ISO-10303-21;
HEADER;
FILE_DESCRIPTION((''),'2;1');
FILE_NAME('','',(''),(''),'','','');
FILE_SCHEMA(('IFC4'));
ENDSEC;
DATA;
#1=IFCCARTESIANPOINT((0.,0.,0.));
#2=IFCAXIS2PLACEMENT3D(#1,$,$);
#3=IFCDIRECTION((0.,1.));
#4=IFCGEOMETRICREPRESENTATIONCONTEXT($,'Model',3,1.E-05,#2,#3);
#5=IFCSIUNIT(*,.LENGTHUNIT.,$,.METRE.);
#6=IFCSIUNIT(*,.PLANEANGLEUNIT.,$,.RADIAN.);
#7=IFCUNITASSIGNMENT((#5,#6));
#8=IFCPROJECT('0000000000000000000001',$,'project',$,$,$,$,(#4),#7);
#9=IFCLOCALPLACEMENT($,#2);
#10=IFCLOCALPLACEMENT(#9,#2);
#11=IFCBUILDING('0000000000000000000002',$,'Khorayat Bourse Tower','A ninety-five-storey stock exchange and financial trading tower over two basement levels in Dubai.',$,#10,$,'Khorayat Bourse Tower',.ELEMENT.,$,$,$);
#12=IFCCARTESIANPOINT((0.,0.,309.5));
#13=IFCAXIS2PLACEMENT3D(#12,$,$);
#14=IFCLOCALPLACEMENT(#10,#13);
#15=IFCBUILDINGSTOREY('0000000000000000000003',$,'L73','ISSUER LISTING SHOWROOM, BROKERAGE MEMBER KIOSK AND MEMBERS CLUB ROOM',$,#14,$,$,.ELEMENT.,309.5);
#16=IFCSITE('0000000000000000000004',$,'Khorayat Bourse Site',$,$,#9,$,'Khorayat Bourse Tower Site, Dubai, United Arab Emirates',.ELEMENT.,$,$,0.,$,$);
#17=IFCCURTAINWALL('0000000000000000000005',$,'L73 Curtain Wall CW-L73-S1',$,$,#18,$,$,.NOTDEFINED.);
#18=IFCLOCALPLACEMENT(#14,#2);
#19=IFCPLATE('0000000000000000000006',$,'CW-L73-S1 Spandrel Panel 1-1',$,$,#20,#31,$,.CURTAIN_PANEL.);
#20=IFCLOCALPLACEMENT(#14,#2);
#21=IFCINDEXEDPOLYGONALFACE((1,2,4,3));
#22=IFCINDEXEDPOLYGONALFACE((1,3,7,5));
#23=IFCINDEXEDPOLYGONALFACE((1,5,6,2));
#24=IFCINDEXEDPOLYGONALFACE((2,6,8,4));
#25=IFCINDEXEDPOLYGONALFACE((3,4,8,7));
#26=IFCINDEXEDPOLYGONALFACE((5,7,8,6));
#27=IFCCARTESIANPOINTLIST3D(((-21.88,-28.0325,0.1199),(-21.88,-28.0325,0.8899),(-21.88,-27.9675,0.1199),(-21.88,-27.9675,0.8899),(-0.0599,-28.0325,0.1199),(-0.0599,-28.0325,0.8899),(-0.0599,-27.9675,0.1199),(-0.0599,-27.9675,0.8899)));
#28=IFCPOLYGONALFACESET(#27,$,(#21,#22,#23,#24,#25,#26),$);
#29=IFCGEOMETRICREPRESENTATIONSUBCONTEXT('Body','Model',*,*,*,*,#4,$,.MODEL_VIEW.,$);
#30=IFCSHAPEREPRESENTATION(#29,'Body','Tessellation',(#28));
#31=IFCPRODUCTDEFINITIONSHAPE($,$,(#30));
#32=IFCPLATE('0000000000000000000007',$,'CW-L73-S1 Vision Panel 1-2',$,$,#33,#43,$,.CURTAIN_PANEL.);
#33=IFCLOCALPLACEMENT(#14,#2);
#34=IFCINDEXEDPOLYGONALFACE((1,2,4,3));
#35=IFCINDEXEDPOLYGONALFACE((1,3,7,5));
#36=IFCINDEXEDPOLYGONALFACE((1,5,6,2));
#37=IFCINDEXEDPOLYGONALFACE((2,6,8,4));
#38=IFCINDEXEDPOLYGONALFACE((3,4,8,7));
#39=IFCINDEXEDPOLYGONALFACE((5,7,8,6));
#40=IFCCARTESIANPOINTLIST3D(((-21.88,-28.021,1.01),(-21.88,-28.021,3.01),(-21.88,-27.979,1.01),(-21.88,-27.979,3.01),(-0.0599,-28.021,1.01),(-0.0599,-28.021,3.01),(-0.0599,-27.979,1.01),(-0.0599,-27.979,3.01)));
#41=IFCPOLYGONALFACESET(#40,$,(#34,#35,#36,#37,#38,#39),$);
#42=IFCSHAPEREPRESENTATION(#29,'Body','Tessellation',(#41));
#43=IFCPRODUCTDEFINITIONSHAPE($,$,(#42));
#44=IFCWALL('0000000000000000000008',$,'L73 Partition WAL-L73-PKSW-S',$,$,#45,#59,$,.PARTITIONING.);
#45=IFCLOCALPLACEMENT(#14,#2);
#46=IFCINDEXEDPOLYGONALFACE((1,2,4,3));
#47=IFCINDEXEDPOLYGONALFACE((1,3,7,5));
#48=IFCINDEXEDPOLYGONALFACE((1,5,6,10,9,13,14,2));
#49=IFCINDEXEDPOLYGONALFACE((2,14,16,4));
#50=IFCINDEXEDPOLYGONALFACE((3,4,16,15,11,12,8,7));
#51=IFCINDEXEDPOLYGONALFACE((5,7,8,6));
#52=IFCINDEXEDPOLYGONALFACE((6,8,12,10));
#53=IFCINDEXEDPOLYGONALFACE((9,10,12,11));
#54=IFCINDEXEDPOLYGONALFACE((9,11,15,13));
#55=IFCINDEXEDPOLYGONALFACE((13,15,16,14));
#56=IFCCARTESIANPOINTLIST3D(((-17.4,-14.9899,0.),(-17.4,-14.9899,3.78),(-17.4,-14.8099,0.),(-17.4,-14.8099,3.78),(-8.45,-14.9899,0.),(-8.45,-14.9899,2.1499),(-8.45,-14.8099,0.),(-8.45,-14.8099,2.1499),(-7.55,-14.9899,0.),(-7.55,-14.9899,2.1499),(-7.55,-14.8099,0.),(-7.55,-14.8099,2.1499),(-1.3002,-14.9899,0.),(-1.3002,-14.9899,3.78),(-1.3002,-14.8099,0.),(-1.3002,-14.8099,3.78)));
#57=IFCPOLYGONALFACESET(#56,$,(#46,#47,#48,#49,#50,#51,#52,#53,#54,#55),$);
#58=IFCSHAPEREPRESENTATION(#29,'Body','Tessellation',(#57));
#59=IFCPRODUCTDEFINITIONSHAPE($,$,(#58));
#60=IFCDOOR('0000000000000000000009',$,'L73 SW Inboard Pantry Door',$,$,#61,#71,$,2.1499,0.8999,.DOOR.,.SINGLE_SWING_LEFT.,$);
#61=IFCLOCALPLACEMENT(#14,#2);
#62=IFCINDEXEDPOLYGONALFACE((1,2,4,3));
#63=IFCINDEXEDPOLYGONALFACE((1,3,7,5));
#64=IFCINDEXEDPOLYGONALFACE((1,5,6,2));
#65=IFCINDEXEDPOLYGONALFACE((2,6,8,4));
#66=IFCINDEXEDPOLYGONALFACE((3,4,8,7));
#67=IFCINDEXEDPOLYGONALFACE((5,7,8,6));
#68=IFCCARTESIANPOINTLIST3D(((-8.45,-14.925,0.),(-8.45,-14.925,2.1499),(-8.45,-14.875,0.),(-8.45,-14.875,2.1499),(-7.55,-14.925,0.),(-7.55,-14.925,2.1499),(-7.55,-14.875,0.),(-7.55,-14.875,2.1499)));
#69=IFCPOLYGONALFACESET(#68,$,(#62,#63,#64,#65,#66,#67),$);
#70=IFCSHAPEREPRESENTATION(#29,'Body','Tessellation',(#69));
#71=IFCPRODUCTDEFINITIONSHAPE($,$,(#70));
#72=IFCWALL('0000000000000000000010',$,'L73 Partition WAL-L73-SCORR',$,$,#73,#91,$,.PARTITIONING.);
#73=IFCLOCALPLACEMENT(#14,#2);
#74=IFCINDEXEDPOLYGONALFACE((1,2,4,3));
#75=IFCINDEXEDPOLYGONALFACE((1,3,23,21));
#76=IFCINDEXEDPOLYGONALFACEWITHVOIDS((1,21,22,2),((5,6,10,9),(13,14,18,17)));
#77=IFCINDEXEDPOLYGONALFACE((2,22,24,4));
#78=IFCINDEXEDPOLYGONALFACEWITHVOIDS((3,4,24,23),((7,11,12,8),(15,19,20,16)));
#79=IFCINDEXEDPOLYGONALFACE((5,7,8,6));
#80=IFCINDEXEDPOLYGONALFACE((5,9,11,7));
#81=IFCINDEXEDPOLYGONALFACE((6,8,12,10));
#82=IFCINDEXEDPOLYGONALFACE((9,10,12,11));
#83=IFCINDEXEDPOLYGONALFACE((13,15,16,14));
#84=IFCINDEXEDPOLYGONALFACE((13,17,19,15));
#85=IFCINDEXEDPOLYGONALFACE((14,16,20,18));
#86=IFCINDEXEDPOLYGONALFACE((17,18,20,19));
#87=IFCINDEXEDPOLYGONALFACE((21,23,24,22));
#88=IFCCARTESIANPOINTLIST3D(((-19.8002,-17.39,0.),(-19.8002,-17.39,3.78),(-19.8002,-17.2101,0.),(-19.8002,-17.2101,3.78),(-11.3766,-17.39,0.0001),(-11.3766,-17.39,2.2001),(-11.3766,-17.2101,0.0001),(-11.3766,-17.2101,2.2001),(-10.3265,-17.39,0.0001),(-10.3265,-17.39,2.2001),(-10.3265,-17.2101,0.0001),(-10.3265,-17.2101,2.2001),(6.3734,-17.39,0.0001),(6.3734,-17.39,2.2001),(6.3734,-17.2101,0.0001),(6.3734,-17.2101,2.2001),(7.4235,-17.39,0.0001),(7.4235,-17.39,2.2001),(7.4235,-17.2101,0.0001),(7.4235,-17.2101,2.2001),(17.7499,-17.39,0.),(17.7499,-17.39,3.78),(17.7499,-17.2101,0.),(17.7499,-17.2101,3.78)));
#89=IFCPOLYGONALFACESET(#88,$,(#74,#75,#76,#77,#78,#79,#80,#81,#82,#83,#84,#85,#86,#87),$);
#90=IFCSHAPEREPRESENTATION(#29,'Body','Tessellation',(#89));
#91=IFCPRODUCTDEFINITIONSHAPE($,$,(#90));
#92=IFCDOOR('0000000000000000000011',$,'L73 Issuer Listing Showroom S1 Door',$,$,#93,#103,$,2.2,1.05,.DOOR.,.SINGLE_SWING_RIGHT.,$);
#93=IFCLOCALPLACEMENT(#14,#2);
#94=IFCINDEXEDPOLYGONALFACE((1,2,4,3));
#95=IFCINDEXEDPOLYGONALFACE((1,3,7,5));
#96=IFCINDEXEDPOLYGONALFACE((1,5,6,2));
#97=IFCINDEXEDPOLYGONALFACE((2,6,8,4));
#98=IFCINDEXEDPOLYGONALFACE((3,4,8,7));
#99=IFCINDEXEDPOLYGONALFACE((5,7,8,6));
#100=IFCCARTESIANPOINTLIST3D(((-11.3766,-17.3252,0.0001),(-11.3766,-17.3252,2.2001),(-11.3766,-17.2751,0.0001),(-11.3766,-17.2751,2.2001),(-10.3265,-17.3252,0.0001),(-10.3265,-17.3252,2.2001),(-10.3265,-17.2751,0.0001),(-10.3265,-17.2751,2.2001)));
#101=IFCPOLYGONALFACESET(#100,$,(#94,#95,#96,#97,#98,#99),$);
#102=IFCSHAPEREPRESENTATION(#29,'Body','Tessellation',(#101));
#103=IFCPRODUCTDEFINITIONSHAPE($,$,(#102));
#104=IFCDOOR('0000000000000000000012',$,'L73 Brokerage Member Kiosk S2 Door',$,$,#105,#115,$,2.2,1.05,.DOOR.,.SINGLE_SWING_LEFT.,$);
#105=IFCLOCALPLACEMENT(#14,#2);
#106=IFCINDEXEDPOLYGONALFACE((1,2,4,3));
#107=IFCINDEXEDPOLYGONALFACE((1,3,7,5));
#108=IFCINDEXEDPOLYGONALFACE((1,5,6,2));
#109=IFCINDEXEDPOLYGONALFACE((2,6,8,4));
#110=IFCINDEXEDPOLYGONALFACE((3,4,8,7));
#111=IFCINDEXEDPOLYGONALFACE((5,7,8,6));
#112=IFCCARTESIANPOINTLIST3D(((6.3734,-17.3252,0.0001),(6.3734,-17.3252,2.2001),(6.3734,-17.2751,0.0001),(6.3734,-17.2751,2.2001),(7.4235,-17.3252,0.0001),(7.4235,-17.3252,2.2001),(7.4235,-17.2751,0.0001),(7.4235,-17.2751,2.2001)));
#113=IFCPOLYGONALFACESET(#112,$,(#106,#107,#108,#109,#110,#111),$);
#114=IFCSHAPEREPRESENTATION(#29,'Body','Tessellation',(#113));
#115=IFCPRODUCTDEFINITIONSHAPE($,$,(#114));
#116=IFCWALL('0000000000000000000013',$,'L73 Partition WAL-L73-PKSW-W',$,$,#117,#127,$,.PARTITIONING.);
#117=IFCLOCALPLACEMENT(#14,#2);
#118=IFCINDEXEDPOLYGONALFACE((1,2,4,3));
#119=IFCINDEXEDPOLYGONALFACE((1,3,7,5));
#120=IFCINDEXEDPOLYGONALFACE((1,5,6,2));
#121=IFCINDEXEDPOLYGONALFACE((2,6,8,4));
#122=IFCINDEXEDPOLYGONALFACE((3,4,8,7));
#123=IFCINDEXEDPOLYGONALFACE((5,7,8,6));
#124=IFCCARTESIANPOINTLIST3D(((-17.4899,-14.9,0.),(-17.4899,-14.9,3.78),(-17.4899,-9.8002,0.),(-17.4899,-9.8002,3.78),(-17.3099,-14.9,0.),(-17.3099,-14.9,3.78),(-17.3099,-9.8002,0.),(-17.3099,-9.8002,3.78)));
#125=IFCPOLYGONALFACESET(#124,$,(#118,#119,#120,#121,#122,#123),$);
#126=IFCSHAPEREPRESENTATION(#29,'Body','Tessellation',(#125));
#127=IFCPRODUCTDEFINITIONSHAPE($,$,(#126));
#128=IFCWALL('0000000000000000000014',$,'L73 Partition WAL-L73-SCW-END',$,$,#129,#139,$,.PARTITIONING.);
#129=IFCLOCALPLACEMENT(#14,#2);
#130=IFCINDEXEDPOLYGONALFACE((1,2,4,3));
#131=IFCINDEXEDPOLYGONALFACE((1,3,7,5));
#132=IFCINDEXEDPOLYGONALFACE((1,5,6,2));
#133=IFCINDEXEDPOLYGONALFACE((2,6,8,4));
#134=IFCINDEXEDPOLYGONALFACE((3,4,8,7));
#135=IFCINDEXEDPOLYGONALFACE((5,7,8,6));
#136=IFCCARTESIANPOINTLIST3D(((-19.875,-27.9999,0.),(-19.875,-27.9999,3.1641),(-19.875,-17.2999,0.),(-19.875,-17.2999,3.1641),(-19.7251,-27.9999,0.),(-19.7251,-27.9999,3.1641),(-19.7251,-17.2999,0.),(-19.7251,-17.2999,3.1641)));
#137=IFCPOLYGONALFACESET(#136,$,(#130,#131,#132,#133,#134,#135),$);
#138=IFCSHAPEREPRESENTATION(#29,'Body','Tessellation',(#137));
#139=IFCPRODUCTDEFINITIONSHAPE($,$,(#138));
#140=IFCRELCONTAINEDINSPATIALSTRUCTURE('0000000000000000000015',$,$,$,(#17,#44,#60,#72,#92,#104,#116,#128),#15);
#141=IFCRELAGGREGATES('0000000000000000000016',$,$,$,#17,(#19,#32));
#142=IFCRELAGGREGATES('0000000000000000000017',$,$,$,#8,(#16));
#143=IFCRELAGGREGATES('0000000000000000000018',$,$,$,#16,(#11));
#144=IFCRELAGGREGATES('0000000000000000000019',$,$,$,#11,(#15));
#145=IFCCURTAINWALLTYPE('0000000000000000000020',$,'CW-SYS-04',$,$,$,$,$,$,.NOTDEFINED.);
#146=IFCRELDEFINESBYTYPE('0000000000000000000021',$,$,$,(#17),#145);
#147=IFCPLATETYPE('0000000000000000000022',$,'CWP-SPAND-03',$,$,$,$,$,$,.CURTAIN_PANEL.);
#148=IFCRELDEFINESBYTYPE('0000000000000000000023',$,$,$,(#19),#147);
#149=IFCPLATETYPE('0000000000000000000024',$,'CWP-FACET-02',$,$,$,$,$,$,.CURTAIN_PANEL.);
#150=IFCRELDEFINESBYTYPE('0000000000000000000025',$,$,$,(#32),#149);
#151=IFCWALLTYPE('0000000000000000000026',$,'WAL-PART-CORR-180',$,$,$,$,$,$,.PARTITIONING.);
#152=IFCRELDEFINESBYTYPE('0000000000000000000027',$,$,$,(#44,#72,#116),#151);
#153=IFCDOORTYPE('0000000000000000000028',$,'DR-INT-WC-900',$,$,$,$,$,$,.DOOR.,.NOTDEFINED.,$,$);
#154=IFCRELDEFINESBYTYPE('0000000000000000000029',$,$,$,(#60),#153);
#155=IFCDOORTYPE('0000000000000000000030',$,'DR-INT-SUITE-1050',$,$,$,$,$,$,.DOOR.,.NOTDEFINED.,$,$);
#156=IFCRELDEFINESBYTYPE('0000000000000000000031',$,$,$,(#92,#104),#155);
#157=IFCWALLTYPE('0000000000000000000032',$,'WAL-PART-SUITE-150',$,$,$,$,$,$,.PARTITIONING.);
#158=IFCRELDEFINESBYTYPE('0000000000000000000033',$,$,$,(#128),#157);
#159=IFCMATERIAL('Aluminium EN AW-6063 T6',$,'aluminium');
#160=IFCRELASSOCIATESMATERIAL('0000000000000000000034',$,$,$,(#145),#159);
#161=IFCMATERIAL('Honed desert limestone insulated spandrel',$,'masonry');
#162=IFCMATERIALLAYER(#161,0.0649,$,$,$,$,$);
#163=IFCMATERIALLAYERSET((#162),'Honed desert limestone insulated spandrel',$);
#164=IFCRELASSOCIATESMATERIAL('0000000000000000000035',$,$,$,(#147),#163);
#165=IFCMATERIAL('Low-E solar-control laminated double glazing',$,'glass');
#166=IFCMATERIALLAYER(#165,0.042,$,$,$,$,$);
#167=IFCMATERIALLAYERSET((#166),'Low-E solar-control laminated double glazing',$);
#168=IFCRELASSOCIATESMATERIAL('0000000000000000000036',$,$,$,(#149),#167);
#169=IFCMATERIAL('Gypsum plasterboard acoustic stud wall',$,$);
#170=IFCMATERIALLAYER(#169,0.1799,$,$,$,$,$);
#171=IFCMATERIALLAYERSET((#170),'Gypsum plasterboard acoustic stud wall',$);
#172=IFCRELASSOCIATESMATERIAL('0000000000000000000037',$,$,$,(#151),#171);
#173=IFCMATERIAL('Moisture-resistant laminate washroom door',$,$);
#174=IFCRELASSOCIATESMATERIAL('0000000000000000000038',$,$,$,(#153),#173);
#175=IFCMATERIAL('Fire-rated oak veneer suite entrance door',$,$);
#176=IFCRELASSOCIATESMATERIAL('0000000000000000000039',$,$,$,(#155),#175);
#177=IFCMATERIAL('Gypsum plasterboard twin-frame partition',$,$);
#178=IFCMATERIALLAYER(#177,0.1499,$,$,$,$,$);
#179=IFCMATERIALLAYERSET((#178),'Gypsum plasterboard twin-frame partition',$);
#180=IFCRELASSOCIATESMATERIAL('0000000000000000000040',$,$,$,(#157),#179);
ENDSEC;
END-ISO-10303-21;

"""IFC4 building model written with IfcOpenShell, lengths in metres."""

from ifc_helpers import new_model, si_unit, direction, frame, frame_2d, origin, origin_2d, place, context, subcontext, project, spatial, rectangle, extrude, source, transform, mapped, material, layer, layer_set, type_object, element, fill, aggregate, save


model = new_model("IFC4")

# Units and contexts
model_context = context("Model", 3, precision=1e-05, world=origin(), true_north=direction((0.0, 1.0)))
body_context = subcontext(model_context, "Body", "Model", "MODEL_VIEW")
ifc_project = project(units=[si_unit("LENGTHUNIT", "METRE"), si_unit("PLANEANGLEUNIT", "RADIAN")], contexts=[model_context])

# Site, building, storey
site_placement = place(None, origin())
site = spatial("IfcSite", under=ifc_project, at=site_placement, Name="Khorayat Bourse Site", LongName="Khorayat Bourse Tower Site, Dubai, United Arab Emirates", CompositionType="ELEMENT", RefElevation=0.0)
building_placement = place(site_placement, origin())
building = spatial("IfcBuilding", under=site, at=building_placement, Name="Khorayat Bourse Tower", Description="A ninety-five-storey stock exchange and financial trading tower over two basement levels in Dubai.", LongName="Khorayat Bourse Tower", CompositionType="ELEMENT")
storey_placement = place(building_placement, frame((0.0, 0.0, 309.5)))
storey = spatial("IfcBuildingStorey", under=building, at=storey_placement, Name="L73", Description="ISSUER LISTING SHOWROOM, BROKERAGE MEMBER KIOSK AND MEMBERS CLUB ROOM", CompositionType="ELEMENT", Elevation=309.5)

# Curtain wall
ifc_material_1 = material(Name="Aluminium EN AW-6063 T6", Category="aluminium")
curtain_wall_type = type_object("IfcCurtainWallType", Name="CW-SYS-04", PredefinedType="NOTDEFINED", material=ifc_material_1)
curtain_wall_placement = place(storey_placement, origin())
curtain_wall = element("IfcCurtainWall", 1, at=curtain_wall_placement, inside=storey, type_object=curtain_wall_type, Name="L73 Curtain Wall CW-L73-S1", PredefinedType="NOTDEFINED")

# Plates
ifc_material_2 = material(Name="Honed desert limestone insulated spandrel", Category="masonry")
ifc_layer_1 = layer(ifc_material_2, 0.0649)
ifc_layer_set_1 = layer_set([ifc_layer_1], Name="Honed desert limestone insulated spandrel")
plate_type_1 = type_object("IfcPlateType", Name="CWP-SPAND-03", PredefinedType="CURTAIN_PANEL", material=ifc_layer_set_1)
shared_shape_1 = source(origin(), body_context, "Body", "SweptSolid", [
    extrude(rectangle(XDim=21.8201, YDim=0.0649, at=origin_2d()), origin(), (0.0, 0.0, 1.0), 0.77),
])
plate_1_placement = place(storey_placement, frame((-10.97, -28.0, 0.1199), z_axis=(0.0, 0.0, 1.0), x_axis=(1.0, 0.0, 0.0)))
plate_1 = element("IfcPlate", 2, at=plate_1_placement, type_object=plate_type_1, Name="CW-L73-S1 Spandrel Panel 1-1", PredefinedType="CURTAIN_PANEL", context=body_context, shape_type="MappedRepresentation", body=[
    mapped(shared_shape_1, transform((0.0, 0.0, 0.0), scale=1.0)),
])
ifc_material_3 = material(Name="Low-E solar-control laminated double glazing", Category="glass")
ifc_layer_2 = layer(ifc_material_3, 0.042)
ifc_layer_set_2 = layer_set([ifc_layer_2], Name="Low-E solar-control laminated double glazing")
plate_type_2 = type_object("IfcPlateType", Name="CWP-FACET-02", PredefinedType="CURTAIN_PANEL", material=ifc_layer_set_2)
shared_shape_2 = source(origin(), body_context, "Body", "SweptSolid", [
    extrude(rectangle(XDim=21.8201, YDim=0.042, at=origin_2d()), origin(), (0.0, 0.0, 1.0), 2.0),
])
plate_2_placement = place(storey_placement, frame((-10.97, -28.0, 1.01), z_axis=(0.0, 0.0, 1.0), x_axis=(1.0, 0.0, 0.0)))
plate_2 = element("IfcPlate", 3, at=plate_2_placement, type_object=plate_type_2, Name="CW-L73-S1 Vision Panel 1-2", PredefinedType="CURTAIN_PANEL", context=body_context, shape_type="MappedRepresentation", body=[
    mapped(shared_shape_2, transform((0.0, 0.0, 0.0), scale=1.0)),
])
aggregate(curtain_wall, [plate_1, plate_2])

# Wall, opening, door
ifc_material_4 = material(Name="Gypsum plasterboard acoustic stud wall")
ifc_layer_3 = layer(ifc_material_4, 0.1799)
ifc_layer_set_3 = layer_set([ifc_layer_3], Name="Gypsum plasterboard acoustic stud wall")
wall_type_1 = type_object("IfcWallType", Name="WAL-PART-CORR-180", PredefinedType="PARTITIONING", material=ifc_layer_set_3)
shared_shape_3 = source(origin(), body_context, "Body", "SweptSolid", [
    extrude(rectangle(XDim=16.0999, YDim=0.1799, at=frame_2d((8.0498, 0.0))), origin(), (0.0, 0.0, 1.0), 3.78),
])
wall_1_placement = place(storey_placement, frame((-17.3999, -14.8999, 0.0), z_axis=(0.0, 0.0, 1.0), x_axis=(1.0, 0.0, 0.0)))
wall_1 = element("IfcWall", 4, at=wall_1_placement, inside=storey, type_object=wall_type_1, Name="L73 Partition WAL-L73-PKSW-S", PredefinedType="PARTITIONING", context=body_context, shape_type="MappedRepresentation", body=[
    mapped(shared_shape_3, transform((0.0, 0.0, 0.0), scale=1.0)),
])
shared_shape_4 = source(origin(), body_context, "Body", "SweptSolid", [
    extrude(rectangle(XDim=0.8999, YDim=2.1499, at=frame_2d((0.45, 1.075))), frame((0.0, 0.0999, 0.0), z_axis=(0.0, -1.0, 0.0), x_axis=(1.0, 0.0, 0.0)), (0.0, 0.0, 1.0), 0.2),
])
opening_1_placement = place(wall_1_placement, frame((8.95, 0.0, 0.0)))
opening_1 = element("IfcOpeningElement", 5, at=opening_1_placement, cuts=wall_1, PredefinedType="OPENING", context=body_context, shape_type="MappedRepresentation", body=[
    mapped(shared_shape_4, transform((0.0, 0.0, 0.0), scale=1.0)),
])
ifc_material_5 = material(Name="Moisture-resistant laminate washroom door")
door_type_1 = type_object("IfcDoorType", Name="DR-INT-WC-900", OperationType="NOTDEFINED", PredefinedType="DOOR", material=ifc_material_5)
shared_shape_5 = source(origin(), body_context, "Body", "SweptSolid", [
    extrude(rectangle(XDim=0.8999, YDim=2.1499, at=frame_2d((0.45, 1.075))), frame((0.0, 0.0249, 0.0), z_axis=(0.0, -1.0, 0.0), x_axis=(1.0, 0.0, 0.0)), (0.0, 0.0, 1.0), 0.05),
])
door_1_placement = place(opening_1_placement, origin())
door_1 = element("IfcDoor", 6, at=door_1_placement, inside=storey, type_object=door_type_1, Name="L73 SW Inboard Pantry Door", OperationType="SINGLE_SWING_LEFT", OverallHeight=2.1499, OverallWidth=0.8999, PredefinedType="DOOR", context=body_context, shape_type="MappedRepresentation", body=[
    mapped(shared_shape_5, transform((0.0, 0.0, 0.0), scale=1.0)),
])
fill(opening_1, door_1)

# Wall, openings, doors
shared_shape_6 = source(origin(), body_context, "Body", "SweptSolid", [
    extrude(rectangle(XDim=37.55, YDim=0.1799, at=frame_2d((18.7749, 0.0))), origin(), (0.0, 0.0, 1.0), 3.78),
])
wall_2_placement = place(storey_placement, frame((-19.8, -17.3, 0.0), z_axis=(0.0, 0.0, 1.0), x_axis=(1.0, 0.0, 0.0)))
wall_2 = element("IfcWall", 7, at=wall_2_placement, inside=storey, type_object=wall_type_1, Name="L73 Partition WAL-L73-SCORR", PredefinedType="PARTITIONING", context=body_context, shape_type="MappedRepresentation", body=[
    mapped(shared_shape_6, transform((0.0, 0.0, 0.0), scale=1.0)),
])
shared_shape_7 = source(origin(), body_context, "Body", "SweptSolid", [
    extrude(rectangle(XDim=1.05, YDim=2.2, at=frame_2d((0.5249, 1.1001))), frame((0.0, 0.0999, 0.0), z_axis=(0.0, -1.0, 0.0), x_axis=(1.0, 0.0, 0.0)), (0.0, 0.0, 1.0), 0.2),
])
opening_2_placement = place(wall_2_placement, frame((8.4236, 0.0, 0.0)))
opening_2 = element("IfcOpeningElement", 8, at=opening_2_placement, cuts=wall_2, PredefinedType="OPENING", context=body_context, shape_type="MappedRepresentation", body=[
    mapped(shared_shape_7, transform((0.0, 0.0, 0.0), scale=1.0)),
])
opening_3_placement = place(wall_2_placement, frame((26.1736, 0.0, 0.0)))
opening_3 = element("IfcOpeningElement", 9, at=opening_3_placement, cuts=wall_2, PredefinedType="OPENING", context=body_context, shape_type="MappedRepresentation", body=[
    mapped(shared_shape_7, transform((0.0, 0.0, 0.0), scale=1.0)),
])
ifc_material_6 = material(Name="Fire-rated oak veneer suite entrance door")
door_type_2 = type_object("IfcDoorType", Name="DR-INT-SUITE-1050", OperationType="NOTDEFINED", PredefinedType="DOOR", material=ifc_material_6)
shared_shape_8 = source(origin(), body_context, "Body", "SweptSolid", [
    extrude(rectangle(XDim=1.05, YDim=2.2, at=frame_2d((0.5249, 1.1001))), frame((0.0, 0.0249, 0.0), z_axis=(0.0, -1.0, 0.0), x_axis=(1.0, 0.0, 0.0)), (0.0, 0.0, 1.0), 0.05),
])
door_2_placement = place(opening_2_placement, origin())
door_2 = element("IfcDoor", 10, at=door_2_placement, inside=storey, type_object=door_type_2, Name="L73 Issuer Listing Showroom S1 Door", OperationType="SINGLE_SWING_RIGHT", OverallHeight=2.2, OverallWidth=1.05, PredefinedType="DOOR", context=body_context, shape_type="MappedRepresentation", body=[
    mapped(shared_shape_8, transform((0.0, 0.0, 0.0), scale=1.0)),
])
fill(opening_2, door_2)
door_3_placement = place(opening_3_placement, origin())
door_3 = element("IfcDoor", 11, at=door_3_placement, inside=storey, type_object=door_type_2, Name="L73 Brokerage Member Kiosk S2 Door", OperationType="SINGLE_SWING_LEFT", OverallHeight=2.2, OverallWidth=1.05, PredefinedType="DOOR", context=body_context, shape_type="MappedRepresentation", body=[
    mapped(shared_shape_8, transform((0.0, 0.0, 0.0), scale=1.0)),
])
fill(opening_3, door_3)

# Walls
shared_shape_9 = source(origin(), body_context, "Body", "SweptSolid", [
    extrude(rectangle(XDim=5.0999, YDim=0.1799, at=frame_2d((2.5498, 0.0))), origin(), (0.0, 0.0, 1.0), 3.78),
])
wall_3_placement = place(storey_placement, frame((-17.3999, -14.8999, 0.0), z_axis=(0.0, 0.0, 1.0), x_axis=(0.0, 1.0, 0.0)))
element("IfcWall", 12, at=wall_3_placement, inside=storey, type_object=wall_type_1, Name="L73 Partition WAL-L73-PKSW-W", PredefinedType="PARTITIONING", context=body_context, shape_type="MappedRepresentation", body=[
    mapped(shared_shape_9, transform((0.0, 0.0, 0.0), scale=1.0)),
])
ifc_material_7 = material(Name="Gypsum plasterboard twin-frame partition")
ifc_layer_4 = layer(ifc_material_7, 0.1499)
ifc_layer_set_4 = layer_set([ifc_layer_4], Name="Gypsum plasterboard twin-frame partition")
wall_type_2 = type_object("IfcWallType", Name="WAL-PART-SUITE-150", PredefinedType="PARTITIONING", material=ifc_layer_set_4)
shared_shape_10 = source(origin(), body_context, "Body", "SweptSolid", [
    extrude(rectangle(XDim=10.7, YDim=0.1499, at=frame_2d((5.3501, 0.0))), origin(), (0.0, 0.0, 1.0), 3.1641),
])
wall_4_placement = place(storey_placement, frame((-19.8, -28.0, 0.0), z_axis=(0.0, 0.0, 1.0), x_axis=(0.0, 1.0, 0.0)))
element("IfcWall", 13, at=wall_4_placement, inside=storey, type_object=wall_type_2, Name="L73 Partition WAL-L73-SCW-END", PredefinedType="PARTITIONING", context=body_context, shape_type="MappedRepresentation", body=[
    mapped(shared_shape_10, transform((0.0, 0.0, 0.0), scale=1.0)),
])

save(model, "model.ifc")
